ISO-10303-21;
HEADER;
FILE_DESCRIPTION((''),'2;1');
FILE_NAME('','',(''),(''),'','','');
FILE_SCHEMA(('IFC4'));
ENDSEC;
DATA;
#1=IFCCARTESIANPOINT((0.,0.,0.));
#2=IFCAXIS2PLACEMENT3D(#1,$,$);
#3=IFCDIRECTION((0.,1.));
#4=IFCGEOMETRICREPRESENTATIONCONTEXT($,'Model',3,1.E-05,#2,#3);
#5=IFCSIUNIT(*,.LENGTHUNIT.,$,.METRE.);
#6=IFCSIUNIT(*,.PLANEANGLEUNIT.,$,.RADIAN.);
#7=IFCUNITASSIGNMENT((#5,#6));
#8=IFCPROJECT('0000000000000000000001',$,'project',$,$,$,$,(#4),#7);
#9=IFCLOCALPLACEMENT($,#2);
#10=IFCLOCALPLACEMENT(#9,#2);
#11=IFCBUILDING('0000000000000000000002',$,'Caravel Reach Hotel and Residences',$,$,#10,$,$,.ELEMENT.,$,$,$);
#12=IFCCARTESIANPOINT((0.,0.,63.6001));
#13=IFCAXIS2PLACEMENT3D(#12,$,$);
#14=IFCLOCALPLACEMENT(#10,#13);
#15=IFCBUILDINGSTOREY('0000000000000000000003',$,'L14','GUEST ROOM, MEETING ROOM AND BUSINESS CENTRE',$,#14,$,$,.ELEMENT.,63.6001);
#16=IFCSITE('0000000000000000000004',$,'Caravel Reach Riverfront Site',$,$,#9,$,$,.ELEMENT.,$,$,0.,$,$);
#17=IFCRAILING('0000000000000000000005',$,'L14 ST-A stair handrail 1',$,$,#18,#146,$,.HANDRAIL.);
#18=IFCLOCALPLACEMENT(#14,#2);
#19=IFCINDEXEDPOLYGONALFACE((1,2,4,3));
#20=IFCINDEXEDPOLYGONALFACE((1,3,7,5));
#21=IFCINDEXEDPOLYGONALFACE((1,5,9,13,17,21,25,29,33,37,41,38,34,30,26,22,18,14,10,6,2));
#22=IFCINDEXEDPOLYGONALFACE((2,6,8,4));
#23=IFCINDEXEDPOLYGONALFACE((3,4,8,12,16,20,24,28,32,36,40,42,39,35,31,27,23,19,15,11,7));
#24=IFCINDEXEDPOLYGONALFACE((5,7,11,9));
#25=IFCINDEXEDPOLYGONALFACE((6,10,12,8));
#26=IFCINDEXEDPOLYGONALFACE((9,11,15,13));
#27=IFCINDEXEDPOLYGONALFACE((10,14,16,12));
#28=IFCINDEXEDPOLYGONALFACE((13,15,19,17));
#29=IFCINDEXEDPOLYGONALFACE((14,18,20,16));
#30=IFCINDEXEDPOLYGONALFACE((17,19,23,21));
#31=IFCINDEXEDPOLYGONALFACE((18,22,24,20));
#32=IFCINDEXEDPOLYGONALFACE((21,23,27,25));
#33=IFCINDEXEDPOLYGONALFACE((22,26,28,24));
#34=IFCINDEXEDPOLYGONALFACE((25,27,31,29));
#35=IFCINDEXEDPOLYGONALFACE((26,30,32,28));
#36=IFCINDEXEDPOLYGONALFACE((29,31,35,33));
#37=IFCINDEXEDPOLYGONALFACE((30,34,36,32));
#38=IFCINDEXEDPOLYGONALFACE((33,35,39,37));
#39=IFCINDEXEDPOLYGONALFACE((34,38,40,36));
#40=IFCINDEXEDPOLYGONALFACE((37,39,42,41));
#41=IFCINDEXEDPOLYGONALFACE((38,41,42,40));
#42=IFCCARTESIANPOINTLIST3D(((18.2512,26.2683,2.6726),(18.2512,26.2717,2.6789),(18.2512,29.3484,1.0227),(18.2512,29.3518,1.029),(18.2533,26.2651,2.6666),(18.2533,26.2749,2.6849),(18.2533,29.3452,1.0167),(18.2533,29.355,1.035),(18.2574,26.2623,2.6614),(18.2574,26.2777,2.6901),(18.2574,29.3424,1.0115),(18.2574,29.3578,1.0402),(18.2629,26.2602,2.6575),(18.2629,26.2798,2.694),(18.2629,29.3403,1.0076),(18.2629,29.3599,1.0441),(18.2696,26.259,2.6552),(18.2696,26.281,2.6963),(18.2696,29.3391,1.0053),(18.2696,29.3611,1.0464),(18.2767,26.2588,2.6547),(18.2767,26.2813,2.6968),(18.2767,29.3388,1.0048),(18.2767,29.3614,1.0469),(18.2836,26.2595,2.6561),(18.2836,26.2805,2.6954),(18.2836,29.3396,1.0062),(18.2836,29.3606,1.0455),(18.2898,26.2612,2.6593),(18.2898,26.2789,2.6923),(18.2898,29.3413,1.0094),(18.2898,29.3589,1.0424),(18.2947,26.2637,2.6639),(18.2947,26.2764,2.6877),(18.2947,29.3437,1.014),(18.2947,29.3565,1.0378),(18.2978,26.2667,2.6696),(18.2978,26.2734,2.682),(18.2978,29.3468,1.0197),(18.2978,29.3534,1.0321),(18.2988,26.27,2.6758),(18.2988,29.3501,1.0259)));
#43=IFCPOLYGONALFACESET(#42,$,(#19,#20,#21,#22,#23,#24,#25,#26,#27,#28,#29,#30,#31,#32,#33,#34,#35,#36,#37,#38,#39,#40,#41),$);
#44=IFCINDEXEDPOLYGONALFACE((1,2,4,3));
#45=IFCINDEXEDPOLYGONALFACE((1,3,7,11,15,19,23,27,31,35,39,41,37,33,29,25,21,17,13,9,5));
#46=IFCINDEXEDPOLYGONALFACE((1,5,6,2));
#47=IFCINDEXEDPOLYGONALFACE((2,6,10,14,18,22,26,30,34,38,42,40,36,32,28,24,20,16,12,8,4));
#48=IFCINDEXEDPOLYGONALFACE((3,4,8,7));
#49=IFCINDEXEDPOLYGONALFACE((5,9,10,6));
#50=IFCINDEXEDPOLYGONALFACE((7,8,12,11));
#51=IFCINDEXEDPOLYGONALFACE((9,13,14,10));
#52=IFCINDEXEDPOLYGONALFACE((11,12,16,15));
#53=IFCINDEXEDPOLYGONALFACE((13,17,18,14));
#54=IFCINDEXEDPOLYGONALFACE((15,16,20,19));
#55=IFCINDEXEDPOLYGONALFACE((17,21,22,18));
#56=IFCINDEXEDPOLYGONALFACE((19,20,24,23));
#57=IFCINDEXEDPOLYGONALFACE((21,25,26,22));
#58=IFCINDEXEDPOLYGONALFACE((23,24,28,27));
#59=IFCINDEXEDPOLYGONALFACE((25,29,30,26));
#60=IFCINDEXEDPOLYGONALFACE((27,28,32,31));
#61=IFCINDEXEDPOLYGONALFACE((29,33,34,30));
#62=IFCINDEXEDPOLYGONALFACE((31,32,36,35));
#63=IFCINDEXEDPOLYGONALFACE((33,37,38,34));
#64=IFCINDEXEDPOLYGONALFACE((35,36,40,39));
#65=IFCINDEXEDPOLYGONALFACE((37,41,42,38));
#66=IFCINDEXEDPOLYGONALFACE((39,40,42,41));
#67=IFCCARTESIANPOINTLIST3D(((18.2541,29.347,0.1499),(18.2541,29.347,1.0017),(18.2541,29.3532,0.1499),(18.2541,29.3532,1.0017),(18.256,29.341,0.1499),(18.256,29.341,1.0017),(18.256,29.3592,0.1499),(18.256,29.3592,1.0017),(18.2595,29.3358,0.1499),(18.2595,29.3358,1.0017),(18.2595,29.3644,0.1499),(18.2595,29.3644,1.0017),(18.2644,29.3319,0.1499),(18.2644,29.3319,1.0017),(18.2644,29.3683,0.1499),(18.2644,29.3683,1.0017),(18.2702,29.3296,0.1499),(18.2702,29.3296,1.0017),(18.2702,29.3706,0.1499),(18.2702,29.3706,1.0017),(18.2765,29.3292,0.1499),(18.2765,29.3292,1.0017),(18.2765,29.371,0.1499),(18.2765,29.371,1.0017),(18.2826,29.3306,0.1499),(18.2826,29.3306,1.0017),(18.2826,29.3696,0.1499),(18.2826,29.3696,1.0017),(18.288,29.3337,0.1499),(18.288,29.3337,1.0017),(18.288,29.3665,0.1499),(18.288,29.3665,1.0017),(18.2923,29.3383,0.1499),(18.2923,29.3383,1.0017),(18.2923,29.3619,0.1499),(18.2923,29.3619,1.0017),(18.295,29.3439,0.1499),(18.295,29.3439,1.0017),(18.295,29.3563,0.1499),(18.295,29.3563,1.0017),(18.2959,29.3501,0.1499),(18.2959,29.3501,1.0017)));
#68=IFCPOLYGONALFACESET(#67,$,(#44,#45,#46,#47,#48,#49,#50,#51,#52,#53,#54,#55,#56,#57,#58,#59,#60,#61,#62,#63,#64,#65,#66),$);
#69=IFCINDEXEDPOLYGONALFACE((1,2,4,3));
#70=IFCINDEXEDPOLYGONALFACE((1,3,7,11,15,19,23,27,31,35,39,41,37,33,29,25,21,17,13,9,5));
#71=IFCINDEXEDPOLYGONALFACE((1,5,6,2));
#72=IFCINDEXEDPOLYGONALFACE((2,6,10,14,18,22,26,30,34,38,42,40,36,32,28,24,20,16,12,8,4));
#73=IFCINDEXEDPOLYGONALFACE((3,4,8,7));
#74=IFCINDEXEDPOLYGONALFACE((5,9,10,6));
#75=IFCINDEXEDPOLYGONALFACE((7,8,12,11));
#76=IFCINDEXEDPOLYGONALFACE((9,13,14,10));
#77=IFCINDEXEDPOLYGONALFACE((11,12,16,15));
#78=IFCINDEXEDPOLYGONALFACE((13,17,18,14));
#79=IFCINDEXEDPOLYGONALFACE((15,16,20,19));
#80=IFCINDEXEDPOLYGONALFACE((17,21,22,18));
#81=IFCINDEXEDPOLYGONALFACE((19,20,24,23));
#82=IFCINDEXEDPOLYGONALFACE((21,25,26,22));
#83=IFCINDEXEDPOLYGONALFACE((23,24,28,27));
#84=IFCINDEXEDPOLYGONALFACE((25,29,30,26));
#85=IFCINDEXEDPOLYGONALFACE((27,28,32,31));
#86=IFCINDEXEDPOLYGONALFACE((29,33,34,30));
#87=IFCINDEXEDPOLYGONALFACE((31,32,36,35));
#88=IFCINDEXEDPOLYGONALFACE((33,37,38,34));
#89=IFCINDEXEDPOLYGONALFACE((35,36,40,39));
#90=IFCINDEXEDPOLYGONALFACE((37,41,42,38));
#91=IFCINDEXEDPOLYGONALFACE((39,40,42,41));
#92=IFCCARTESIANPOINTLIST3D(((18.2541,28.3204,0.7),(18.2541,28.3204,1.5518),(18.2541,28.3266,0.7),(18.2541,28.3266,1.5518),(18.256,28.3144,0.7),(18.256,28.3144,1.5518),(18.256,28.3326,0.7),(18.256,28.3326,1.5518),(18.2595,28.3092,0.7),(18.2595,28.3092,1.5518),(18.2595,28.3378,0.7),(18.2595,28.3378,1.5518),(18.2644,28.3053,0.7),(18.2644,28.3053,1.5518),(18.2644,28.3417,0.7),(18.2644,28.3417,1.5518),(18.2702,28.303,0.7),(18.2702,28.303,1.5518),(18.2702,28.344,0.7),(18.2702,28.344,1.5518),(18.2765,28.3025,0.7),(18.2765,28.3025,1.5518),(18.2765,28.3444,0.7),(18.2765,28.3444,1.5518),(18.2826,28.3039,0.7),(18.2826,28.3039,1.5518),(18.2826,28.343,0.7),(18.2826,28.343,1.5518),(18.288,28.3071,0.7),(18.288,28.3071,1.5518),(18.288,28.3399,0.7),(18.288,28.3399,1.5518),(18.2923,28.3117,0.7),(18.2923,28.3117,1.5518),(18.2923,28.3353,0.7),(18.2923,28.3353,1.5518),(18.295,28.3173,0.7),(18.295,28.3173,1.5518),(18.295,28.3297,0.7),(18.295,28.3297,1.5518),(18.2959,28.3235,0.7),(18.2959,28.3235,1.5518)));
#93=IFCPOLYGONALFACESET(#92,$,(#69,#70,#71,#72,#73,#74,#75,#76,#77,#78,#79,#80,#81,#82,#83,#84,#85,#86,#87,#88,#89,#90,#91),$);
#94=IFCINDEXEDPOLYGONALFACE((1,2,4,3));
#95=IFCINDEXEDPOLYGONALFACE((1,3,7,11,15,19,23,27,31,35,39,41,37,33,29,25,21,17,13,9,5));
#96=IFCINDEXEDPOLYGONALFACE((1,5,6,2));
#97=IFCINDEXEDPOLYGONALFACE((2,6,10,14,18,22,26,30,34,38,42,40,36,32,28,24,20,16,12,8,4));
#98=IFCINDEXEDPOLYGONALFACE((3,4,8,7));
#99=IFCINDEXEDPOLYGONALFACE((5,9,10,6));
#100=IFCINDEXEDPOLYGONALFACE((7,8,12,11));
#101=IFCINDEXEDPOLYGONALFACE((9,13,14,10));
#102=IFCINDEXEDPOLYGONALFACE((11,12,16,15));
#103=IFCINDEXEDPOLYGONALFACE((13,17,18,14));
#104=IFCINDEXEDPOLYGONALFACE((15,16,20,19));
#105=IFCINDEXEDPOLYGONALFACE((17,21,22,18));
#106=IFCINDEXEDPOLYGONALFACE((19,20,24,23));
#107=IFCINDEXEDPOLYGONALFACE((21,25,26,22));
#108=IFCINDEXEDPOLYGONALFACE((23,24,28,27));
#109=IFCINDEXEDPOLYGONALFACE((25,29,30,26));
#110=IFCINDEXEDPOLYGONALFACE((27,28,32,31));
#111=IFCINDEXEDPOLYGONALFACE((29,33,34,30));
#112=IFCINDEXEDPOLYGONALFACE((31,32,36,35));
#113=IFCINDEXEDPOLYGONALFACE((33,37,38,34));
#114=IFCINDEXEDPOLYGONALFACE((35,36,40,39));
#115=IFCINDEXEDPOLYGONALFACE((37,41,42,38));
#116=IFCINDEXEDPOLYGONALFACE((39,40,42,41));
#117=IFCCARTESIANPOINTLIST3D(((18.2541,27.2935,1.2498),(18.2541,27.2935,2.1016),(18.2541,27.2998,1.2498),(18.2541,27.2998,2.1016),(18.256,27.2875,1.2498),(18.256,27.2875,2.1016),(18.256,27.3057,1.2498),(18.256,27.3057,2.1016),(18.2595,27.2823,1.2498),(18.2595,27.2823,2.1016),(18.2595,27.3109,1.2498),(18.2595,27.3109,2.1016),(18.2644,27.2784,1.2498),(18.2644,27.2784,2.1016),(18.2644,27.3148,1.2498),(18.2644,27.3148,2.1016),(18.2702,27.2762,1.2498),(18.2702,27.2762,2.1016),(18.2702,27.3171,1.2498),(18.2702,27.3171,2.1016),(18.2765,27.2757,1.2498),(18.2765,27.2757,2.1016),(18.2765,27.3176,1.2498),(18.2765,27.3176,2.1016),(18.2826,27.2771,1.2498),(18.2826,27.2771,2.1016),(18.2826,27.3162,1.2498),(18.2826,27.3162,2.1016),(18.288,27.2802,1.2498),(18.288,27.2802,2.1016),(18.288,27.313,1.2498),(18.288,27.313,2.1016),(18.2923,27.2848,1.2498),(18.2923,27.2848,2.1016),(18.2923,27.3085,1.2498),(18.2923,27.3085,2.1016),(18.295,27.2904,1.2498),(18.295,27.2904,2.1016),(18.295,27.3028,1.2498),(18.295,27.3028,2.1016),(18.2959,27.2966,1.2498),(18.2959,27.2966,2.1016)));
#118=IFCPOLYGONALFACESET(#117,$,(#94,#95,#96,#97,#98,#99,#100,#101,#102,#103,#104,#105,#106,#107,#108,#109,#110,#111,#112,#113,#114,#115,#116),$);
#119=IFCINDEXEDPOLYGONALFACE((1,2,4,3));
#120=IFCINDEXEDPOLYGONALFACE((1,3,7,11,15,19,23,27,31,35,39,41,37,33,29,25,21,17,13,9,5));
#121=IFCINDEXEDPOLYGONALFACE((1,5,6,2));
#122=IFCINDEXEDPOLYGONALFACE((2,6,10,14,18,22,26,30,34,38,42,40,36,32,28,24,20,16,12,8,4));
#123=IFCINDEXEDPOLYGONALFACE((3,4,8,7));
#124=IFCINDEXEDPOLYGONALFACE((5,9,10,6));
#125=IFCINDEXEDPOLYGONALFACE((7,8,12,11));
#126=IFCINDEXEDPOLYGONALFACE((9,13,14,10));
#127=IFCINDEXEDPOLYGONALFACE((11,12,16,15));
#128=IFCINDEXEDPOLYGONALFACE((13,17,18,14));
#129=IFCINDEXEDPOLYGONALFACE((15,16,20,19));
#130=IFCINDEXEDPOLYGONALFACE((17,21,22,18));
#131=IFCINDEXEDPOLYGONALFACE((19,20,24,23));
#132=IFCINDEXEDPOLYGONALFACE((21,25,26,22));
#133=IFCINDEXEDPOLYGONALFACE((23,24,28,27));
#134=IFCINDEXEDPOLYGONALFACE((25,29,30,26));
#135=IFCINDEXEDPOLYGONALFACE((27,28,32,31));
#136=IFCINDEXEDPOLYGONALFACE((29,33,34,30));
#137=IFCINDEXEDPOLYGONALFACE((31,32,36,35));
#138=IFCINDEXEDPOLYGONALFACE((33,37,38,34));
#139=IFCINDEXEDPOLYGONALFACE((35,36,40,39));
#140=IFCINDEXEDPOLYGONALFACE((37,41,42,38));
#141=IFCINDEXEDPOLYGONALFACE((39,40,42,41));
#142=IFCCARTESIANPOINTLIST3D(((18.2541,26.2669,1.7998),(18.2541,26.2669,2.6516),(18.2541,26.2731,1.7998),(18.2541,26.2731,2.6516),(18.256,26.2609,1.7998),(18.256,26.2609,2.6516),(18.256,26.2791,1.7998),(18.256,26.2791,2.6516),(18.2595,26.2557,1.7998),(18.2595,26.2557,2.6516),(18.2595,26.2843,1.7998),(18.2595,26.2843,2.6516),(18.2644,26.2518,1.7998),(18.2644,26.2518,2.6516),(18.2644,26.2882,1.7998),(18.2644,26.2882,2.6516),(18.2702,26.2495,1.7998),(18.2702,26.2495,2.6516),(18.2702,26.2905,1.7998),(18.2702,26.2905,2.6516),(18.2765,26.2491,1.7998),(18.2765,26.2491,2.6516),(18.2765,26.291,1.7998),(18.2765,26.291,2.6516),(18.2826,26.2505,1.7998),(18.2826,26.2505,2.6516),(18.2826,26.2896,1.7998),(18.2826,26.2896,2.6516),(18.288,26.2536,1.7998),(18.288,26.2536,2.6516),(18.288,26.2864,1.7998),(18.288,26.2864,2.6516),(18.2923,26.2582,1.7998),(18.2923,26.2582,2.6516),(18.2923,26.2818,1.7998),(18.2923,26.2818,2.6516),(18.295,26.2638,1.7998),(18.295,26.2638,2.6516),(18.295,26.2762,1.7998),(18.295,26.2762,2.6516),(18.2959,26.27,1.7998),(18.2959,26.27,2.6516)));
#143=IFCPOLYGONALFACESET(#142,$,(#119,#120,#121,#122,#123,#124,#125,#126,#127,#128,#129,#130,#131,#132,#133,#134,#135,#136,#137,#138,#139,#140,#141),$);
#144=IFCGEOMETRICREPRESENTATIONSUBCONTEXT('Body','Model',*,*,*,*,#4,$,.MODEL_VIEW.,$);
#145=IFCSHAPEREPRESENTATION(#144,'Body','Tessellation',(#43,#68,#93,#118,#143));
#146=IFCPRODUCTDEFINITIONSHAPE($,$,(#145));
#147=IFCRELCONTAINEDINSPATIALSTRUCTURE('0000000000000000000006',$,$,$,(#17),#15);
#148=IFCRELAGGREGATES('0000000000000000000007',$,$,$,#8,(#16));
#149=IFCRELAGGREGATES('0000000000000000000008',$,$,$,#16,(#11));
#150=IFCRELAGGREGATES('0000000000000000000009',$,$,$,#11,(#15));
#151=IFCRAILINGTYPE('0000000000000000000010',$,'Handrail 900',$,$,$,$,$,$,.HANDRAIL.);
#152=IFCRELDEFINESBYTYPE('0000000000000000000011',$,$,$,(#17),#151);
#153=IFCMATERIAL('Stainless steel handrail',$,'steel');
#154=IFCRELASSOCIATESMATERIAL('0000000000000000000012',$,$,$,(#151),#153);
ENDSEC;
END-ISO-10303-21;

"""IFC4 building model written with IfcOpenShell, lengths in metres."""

from ifc_helpers import new_model, si_unit, direction, frame, origin, origin_2d, place, context, subcontext, project, spatial, circle, extrude, material, type_object, element, save


model = new_model("IFC4")

# Units and contexts
model_context = context("Model", 3, precision=1e-05, world=origin(), true_north=direction((0.0, 1.0)))
body_context = subcontext(model_context, "Body", "Model", "MODEL_VIEW")
ifc_project = project(units=[si_unit("LENGTHUNIT", "METRE"), si_unit("PLANEANGLEUNIT", "RADIAN")], contexts=[model_context])

# Site, building, storey
site_placement = place(None, origin())
site = spatial("IfcSite", under=ifc_project, at=site_placement, Name="Caravel Reach Riverfront Site", CompositionType="ELEMENT", RefElevation=0.0)
building_placement = place(site_placement, origin())
building = spatial("IfcBuilding", under=site, at=building_placement, Name="Caravel Reach Hotel and Residences", CompositionType="ELEMENT")
storey_placement = place(building_placement, frame((0.0, 0.0, 63.6001)))
storey = spatial("IfcBuildingStorey", under=building, at=storey_placement, Name="L14", Description="GUEST ROOM, MEETING ROOM AND BUSINESS CENTRE", CompositionType="ELEMENT", Elevation=63.6001)

# Railing
ifc_material_1 = material(Name="Stainless steel handrail", Category="steel")
railing_type_1 = type_object("IfcRailingType", Name="Handrail 900", PredefinedType="HANDRAIL", material=ifc_material_1)
railing_1_placement = place(storey_placement, frame((18.2749, 29.3501, 0.1499)))
element("IfcRailing", 1, at=railing_1_placement, inside=storey, type_object=railing_type_1, Name="L14 ST-A stair handrail 1", PredefinedType="HANDRAIL", context=body_context, shape_type="SweptSolid", body=[
    extrude(circle(Radius=0.0239, at=origin_2d()), frame((0.0, 0.0, 0.876), z_axis=(0.0, -0.881497, 0.47219), x_axis=(1.0, 0.0, 0.0)), (0.0, 0.0, 1.0), 3.4941),
    extrude(circle(Radius=0.021, at=origin_2d()), origin(), (0.0, 0.0, 1.0), 0.8518),
    extrude(circle(Radius=0.021, at=origin_2d()), frame((0.0, -1.0266, 0.55)), (0.0, 0.0, 1.0), 0.8518),
    extrude(circle(Radius=0.021, at=origin_2d()), frame((0.0, -2.0535, 1.0999)), (0.0, 0.0, 1.0), 0.8518),
    extrude(circle(Radius=0.021, at=origin_2d()), frame((0.0, -3.0801, 1.6499)), (0.0, 0.0, 1.0), 0.8518),
])

save(model, "model.ifc")
